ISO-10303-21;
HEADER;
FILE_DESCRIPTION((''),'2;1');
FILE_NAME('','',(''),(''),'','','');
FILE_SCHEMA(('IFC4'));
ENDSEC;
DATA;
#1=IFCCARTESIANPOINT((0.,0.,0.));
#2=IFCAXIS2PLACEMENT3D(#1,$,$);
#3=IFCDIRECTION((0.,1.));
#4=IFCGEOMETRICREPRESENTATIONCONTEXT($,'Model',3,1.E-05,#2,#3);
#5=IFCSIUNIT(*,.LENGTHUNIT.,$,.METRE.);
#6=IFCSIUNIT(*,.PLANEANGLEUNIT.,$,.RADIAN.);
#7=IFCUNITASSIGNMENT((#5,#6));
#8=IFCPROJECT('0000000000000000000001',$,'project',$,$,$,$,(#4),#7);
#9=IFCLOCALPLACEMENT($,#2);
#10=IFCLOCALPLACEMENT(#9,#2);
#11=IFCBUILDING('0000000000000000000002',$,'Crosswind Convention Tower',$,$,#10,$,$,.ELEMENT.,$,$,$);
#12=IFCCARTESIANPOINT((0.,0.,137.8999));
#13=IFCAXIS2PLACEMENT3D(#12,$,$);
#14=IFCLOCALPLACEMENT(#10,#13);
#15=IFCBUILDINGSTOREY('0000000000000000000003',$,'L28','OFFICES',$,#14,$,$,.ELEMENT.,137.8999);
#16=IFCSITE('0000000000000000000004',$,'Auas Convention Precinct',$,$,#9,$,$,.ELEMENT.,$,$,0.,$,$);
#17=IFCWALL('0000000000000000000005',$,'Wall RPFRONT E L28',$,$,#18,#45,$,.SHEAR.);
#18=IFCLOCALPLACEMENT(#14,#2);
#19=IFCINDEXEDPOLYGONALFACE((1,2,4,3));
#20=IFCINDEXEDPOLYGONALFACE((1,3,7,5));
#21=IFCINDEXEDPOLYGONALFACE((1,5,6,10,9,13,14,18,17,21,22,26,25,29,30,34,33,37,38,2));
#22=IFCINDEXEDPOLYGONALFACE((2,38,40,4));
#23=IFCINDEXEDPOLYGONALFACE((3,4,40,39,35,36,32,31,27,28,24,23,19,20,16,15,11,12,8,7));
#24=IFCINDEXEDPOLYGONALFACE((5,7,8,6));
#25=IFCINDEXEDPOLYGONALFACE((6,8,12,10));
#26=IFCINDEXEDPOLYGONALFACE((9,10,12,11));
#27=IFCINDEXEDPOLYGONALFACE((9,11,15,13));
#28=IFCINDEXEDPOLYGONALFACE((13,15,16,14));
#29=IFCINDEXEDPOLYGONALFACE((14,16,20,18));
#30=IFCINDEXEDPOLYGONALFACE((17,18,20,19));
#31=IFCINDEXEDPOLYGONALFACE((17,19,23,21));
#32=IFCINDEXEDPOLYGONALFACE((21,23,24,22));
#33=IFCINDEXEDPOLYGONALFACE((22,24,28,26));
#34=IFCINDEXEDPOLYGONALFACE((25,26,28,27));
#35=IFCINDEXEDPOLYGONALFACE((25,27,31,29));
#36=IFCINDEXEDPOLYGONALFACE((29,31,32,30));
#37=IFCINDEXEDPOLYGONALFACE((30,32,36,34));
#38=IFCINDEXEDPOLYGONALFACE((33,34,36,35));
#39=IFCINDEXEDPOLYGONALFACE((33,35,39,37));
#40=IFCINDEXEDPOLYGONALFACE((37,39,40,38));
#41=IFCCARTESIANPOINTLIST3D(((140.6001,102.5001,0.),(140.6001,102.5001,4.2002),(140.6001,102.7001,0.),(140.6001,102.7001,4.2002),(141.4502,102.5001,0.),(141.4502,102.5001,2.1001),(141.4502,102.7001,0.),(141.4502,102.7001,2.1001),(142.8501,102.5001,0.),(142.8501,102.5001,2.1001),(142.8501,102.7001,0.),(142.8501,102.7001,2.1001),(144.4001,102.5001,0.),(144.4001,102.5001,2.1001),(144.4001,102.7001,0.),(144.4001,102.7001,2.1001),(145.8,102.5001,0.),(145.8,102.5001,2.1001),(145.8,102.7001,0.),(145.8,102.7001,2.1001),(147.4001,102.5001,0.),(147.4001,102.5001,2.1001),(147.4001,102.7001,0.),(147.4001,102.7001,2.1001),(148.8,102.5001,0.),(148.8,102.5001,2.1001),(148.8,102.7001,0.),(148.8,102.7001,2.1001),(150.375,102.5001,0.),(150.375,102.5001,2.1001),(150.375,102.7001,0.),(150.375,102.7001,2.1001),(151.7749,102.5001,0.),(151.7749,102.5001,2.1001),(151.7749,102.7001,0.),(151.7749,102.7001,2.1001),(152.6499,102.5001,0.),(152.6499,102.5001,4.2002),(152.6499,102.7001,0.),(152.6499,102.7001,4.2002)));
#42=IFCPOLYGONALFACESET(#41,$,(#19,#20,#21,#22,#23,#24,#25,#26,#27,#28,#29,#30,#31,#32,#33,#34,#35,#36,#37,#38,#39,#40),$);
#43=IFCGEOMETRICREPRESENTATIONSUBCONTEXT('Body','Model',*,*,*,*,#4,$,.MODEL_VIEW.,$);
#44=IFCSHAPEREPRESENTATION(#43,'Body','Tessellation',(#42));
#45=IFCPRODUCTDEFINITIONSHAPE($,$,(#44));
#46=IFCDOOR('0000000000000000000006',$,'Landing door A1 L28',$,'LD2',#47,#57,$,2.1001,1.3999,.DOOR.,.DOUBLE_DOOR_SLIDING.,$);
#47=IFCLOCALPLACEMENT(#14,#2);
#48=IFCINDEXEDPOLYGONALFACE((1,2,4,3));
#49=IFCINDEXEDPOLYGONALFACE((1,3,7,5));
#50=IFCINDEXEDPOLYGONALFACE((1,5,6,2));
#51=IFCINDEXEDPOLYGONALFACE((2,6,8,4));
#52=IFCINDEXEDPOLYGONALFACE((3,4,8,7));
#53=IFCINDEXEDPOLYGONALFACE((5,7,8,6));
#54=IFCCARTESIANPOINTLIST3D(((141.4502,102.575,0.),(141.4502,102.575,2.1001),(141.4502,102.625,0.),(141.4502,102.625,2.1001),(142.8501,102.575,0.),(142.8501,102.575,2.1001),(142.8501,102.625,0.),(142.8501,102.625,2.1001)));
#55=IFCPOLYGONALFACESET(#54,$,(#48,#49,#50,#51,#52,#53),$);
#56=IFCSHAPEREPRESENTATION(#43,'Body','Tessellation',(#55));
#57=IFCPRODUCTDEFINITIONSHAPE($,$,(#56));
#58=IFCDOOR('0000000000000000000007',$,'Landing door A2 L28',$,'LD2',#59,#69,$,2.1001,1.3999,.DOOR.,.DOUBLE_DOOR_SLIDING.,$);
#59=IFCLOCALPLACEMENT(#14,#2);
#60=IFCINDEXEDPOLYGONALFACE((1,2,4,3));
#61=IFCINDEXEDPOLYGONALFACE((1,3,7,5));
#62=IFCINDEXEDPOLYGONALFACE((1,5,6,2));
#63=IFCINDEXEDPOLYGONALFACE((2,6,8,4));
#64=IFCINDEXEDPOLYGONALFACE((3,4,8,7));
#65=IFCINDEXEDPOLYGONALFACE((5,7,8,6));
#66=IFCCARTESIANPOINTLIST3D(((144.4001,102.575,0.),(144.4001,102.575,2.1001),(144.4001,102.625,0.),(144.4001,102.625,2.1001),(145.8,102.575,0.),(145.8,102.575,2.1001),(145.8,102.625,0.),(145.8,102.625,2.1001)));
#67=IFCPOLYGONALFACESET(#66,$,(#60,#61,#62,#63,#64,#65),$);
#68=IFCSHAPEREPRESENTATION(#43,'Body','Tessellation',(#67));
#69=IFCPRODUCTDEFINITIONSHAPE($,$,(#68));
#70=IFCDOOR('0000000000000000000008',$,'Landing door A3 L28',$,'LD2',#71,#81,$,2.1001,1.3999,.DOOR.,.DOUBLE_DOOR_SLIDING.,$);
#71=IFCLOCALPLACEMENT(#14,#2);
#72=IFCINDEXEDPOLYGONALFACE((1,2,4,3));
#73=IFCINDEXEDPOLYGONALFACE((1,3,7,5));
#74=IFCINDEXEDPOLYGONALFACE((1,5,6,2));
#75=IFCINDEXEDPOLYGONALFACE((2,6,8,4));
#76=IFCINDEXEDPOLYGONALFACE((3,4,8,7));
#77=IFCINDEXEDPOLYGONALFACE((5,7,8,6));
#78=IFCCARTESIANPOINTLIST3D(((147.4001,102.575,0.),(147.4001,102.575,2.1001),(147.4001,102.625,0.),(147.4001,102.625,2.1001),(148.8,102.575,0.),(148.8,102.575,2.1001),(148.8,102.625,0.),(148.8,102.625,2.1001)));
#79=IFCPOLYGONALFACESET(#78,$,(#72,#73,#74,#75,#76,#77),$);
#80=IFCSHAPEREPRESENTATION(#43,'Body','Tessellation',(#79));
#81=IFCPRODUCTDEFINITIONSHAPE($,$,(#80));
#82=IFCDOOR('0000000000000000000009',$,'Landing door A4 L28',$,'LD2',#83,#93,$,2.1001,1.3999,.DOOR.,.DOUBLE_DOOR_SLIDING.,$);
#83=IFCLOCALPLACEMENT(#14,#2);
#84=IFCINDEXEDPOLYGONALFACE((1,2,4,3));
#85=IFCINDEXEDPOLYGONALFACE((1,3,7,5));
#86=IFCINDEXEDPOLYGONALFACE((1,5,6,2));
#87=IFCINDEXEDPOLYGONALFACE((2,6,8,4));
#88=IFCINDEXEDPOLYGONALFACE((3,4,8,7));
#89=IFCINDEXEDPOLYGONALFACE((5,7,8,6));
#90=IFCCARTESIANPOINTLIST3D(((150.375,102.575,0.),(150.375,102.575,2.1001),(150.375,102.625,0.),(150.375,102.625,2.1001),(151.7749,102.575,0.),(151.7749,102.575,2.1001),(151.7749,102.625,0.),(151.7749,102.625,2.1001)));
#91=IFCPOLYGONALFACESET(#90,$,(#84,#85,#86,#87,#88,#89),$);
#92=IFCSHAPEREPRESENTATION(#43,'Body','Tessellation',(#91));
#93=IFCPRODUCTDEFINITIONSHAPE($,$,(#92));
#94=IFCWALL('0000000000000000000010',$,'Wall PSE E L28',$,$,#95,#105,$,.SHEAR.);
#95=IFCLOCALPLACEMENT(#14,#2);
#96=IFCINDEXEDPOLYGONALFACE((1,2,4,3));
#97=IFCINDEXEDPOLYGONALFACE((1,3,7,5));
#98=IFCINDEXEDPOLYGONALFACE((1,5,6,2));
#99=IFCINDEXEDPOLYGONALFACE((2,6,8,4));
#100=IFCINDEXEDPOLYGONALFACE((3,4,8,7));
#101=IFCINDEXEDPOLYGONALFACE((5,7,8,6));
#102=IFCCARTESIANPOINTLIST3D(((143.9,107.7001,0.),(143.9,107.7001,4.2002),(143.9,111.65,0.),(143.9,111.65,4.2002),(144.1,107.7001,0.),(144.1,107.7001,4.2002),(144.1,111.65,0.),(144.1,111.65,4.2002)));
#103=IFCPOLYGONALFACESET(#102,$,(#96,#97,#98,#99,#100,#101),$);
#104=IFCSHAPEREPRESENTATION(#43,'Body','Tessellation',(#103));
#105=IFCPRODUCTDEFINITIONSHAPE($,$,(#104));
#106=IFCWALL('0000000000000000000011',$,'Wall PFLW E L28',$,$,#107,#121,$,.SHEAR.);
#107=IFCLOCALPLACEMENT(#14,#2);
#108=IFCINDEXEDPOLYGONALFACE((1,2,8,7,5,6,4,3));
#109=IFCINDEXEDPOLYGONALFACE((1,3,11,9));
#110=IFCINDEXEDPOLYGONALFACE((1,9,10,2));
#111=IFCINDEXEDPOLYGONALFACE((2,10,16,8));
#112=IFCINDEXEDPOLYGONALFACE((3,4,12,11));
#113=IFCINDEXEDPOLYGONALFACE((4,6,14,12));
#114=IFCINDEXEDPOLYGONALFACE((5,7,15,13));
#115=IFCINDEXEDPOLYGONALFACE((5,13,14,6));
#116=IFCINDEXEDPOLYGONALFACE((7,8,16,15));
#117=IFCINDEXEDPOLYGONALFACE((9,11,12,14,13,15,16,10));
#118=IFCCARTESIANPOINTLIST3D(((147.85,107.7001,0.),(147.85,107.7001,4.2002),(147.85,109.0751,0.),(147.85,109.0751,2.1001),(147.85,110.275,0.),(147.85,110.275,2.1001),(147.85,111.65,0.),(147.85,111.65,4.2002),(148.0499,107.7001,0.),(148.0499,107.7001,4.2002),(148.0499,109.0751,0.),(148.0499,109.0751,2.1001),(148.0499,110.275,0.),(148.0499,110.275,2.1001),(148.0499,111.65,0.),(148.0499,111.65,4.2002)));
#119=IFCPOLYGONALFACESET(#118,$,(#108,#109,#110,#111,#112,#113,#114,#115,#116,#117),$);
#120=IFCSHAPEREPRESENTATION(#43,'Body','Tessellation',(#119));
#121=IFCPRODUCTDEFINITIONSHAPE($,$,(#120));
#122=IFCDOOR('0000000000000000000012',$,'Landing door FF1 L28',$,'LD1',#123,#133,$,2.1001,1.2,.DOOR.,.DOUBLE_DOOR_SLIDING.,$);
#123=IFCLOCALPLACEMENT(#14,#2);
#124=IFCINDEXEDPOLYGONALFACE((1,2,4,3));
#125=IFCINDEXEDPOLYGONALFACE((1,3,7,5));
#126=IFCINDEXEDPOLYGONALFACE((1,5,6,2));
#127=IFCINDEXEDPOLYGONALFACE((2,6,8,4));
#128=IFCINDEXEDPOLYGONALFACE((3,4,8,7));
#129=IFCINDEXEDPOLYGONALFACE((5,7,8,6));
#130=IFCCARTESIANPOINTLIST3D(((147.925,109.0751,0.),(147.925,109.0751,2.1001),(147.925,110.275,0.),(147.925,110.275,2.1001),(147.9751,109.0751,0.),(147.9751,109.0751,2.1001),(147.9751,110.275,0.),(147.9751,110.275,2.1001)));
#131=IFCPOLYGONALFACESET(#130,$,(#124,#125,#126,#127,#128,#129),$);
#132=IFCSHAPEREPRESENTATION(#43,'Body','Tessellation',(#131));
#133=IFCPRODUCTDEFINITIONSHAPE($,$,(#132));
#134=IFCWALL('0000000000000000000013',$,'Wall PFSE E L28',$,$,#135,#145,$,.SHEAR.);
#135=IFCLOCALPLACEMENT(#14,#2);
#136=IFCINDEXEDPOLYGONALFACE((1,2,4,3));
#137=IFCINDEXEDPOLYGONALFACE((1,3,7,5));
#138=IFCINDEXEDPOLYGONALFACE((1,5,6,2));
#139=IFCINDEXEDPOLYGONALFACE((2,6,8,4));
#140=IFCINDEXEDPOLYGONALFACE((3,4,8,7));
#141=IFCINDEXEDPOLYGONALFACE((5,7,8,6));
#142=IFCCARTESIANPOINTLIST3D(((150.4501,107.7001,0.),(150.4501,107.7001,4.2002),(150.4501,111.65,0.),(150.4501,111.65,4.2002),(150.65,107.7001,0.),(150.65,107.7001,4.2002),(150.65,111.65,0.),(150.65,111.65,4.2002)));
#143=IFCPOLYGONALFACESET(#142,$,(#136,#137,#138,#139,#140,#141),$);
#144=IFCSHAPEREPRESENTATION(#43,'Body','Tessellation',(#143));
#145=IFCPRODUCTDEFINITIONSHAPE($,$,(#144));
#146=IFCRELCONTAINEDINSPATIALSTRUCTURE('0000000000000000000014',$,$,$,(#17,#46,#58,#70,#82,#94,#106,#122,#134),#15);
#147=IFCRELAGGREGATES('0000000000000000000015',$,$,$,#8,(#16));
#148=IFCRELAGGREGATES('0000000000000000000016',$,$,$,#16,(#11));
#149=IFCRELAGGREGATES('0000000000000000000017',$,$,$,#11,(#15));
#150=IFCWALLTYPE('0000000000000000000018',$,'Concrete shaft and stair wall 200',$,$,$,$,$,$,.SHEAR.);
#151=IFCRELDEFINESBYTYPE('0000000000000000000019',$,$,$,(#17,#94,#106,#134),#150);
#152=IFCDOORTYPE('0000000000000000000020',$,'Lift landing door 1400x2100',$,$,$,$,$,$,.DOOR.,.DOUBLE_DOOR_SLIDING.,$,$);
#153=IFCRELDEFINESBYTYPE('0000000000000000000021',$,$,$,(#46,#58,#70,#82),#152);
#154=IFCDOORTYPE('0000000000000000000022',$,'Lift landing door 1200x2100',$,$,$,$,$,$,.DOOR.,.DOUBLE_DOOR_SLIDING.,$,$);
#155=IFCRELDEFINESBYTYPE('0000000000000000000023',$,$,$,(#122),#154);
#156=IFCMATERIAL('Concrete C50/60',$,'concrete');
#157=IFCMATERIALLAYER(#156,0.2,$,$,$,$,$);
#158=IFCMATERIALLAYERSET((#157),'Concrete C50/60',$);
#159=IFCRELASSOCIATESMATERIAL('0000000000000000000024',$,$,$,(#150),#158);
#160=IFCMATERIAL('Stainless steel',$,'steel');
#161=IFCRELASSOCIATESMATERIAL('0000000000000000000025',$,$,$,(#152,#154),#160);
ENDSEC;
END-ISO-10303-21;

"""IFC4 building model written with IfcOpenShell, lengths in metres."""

from ifc_helpers import new_model, si_unit, direction, frame, frame_2d, origin, place, context, subcontext, project, spatial, rectangle, extrude, material, layer, layer_set, type_object, element, fill, save


model = new_model("IFC4")

# Units and contexts
model_context = context("Model", 3, precision=1e-05, world=origin(), true_north=direction((0.0, 1.0)))
body_context = subcontext(model_context, "Body", "Model", "MODEL_VIEW")
ifc_project = project(units=[si_unit("LENGTHUNIT", "METRE"), si_unit("PLANEANGLEUNIT", "RADIAN")], contexts=[model_context])

# Site, building, storey
site_placement = place(None, origin())
site = spatial("IfcSite", under=ifc_project, at=site_placement, Name="Auas Convention Precinct", CompositionType="ELEMENT", RefElevation=0.0)
building_placement = place(site_placement, origin())
building = spatial("IfcBuilding", under=site, at=building_placement, Name="Crosswind Convention Tower", CompositionType="ELEMENT")
storey_placement = place(building_placement, frame((0.0, 0.0, 137.8999)))
storey = spatial("IfcBuildingStorey", under=building, at=storey_placement, Name="L28", Description="OFFICES", CompositionType="ELEMENT", Elevation=137.8999)

# Shared definitions
ifc_material_1 = material(Name="Concrete C50/60", Category="concrete")
ifc_layer_1 = layer(ifc_material_1, 0.2)
ifc_layer_set_1 = layer_set([ifc_layer_1], Name="Concrete C50/60")
wall_type_1 = type_object("IfcWallType", Name="Concrete shaft and stair wall 200", PredefinedType="SHEAR", material=ifc_layer_set_1)

# Wall, openings, doors
wall_1_placement = place(storey_placement, frame((140.6001, 102.6001, 0.0), z_axis=(0.0, 0.0, 1.0), x_axis=(1.0, 0.0, 0.0)))
wall_1 = element("IfcWall", 1, at=wall_1_placement, inside=storey, type_object=wall_type_1, Name="Wall RPFRONT E L28", PredefinedType="SHEAR", context=body_context, shape_type="SweptSolid", body=[
    extrude(rectangle(XDim=12.0498, YDim=0.2, at=frame_2d((6.0249, 0.0))), origin(), (0.0, 0.0, 1.0), 4.2002),
])
opening_1_placement = place(wall_1_placement, frame((0.8501, 0.0, 0.0)))
opening_1 = element("IfcOpeningElement", 2, at=opening_1_placement, cuts=wall_1, PredefinedType="OPENING", context=body_context, shape_type="SweptSolid", body=[
    extrude(rectangle(XDim=1.3999, YDim=2.1001, at=frame_2d((0.7, 1.05))), frame((0.0, 0.1099, 0.0), z_axis=(0.0, -1.0, 0.0), x_axis=(1.0, 0.0, 0.0)), (0.0, 0.0, 1.0), 0.22),
])
opening_2_placement = place(wall_1_placement, frame((3.8, 0.0, 0.0)))
opening_2 = element("IfcOpeningElement", 3, at=opening_2_placement, cuts=wall_1, PredefinedType="OPENING", context=body_context, shape_type="SweptSolid", body=[
    extrude(rectangle(XDim=1.3999, YDim=2.1001, at=frame_2d((0.7, 1.05))), frame((0.0, 0.1099, 0.0), z_axis=(0.0, -1.0, 0.0), x_axis=(1.0, 0.0, 0.0)), (0.0, 0.0, 1.0), 0.22),
])
opening_3_placement = place(wall_1_placement, frame((6.8, 0.0, 0.0)))
opening_3 = element("IfcOpeningElement", 4, at=opening_3_placement, cuts=wall_1, PredefinedType="OPENING", context=body_context, shape_type="SweptSolid", body=[
    extrude(rectangle(XDim=1.3999, YDim=2.1001, at=frame_2d((0.7, 1.05))), frame((0.0, 0.1099, 0.0), z_axis=(0.0, -1.0, 0.0), x_axis=(1.0, 0.0, 0.0)), (0.0, 0.0, 1.0), 0.22),
])
opening_4_placement = place(wall_1_placement, frame((9.7749, 0.0, 0.0)))
opening_4 = element("IfcOpeningElement", 5, at=opening_4_placement, cuts=wall_1, PredefinedType="OPENING", context=body_context, shape_type="SweptSolid", body=[
    extrude(rectangle(XDim=1.3999, YDim=2.1001, at=frame_2d((0.7, 1.05))), frame((0.0, 0.1099, 0.0), z_axis=(0.0, -1.0, 0.0), x_axis=(1.0, 0.0, 0.0)), (0.0, 0.0, 1.0), 0.22),
])
ifc_material_2 = material(Name="Stainless steel", Category="steel")
door_type_1 = type_object("IfcDoorType", Name="Lift landing door 1400x2100", OperationType="DOUBLE_DOOR_SLIDING", PredefinedType="DOOR", material=ifc_material_2)
door_1_placement = place(opening_1_placement, origin())
door_1 = element("IfcDoor", 6, at=door_1_placement, inside=storey, type_object=door_type_1, Name="Landing door A1 L28", ObjectType="LD2", OperationType="DOUBLE_DOOR_SLIDING", OverallHeight=2.1001, OverallWidth=1.3999, PredefinedType="DOOR", context=body_context, shape_type="SweptSolid", body=[
    extrude(rectangle(XDim=1.3999, YDim=2.1001, at=frame_2d((0.7, 1.05))), frame((0.0, 0.0249, 0.0), z_axis=(0.0, -1.0, 0.0), x_axis=(1.0, 0.0, 0.0)), (0.0, 0.0, 1.0), 0.05),
])
fill(opening_1, door_1)
door_2_placement = place(opening_2_placement, origin())
door_2 = element("IfcDoor", 7, at=door_2_placement, inside=storey, type_object=door_type_1, Name="Landing door A2 L28", ObjectType="LD2", OperationType="DOUBLE_DOOR_SLIDING", OverallHeight=2.1001, OverallWidth=1.3999, PredefinedType="DOOR", context=body_context, shape_type="SweptSolid", body=[
    extrude(rectangle(XDim=1.3999, YDim=2.1001, at=frame_2d((0.7, 1.05))), frame((0.0, 0.0249, 0.0), z_axis=(0.0, -1.0, 0.0), x_axis=(1.0, 0.0, 0.0)), (0.0, 0.0, 1.0), 0.05),
])
fill(opening_2, door_2)
door_3_placement = place(opening_3_placement, origin())
door_3 = element("IfcDoor", 8, at=door_3_placement, inside=storey, type_object=door_type_1, Name="Landing door A3 L28", ObjectType="LD2", OperationType="DOUBLE_DOOR_SLIDING", OverallHeight=2.1001, OverallWidth=1.3999, PredefinedType="DOOR", context=body_context, shape_type="SweptSolid", body=[
    extrude(rectangle(XDim=1.3999, YDim=2.1001, at=frame_2d((0.7, 1.05))), frame((0.0, 0.0249, 0.0), z_axis=(0.0, -1.0, 0.0), x_axis=(1.0, 0.0, 0.0)), (0.0, 0.0, 1.0), 0.05),
])
fill(opening_3, door_3)
door_4_placement = place(opening_4_placement, origin())
door_4 = element("IfcDoor", 9, at=door_4_placement, inside=storey, type_object=door_type_1, Name="Landing door A4 L28", ObjectType="LD2", OperationType="DOUBLE_DOOR_SLIDING", OverallHeight=2.1001, OverallWidth=1.3999, PredefinedType="DOOR", context=body_context, shape_type="SweptSolid", body=[
    extrude(rectangle(XDim=1.3999, YDim=2.1001, at=frame_2d((0.7, 1.05))), frame((0.0, 0.0249, 0.0), z_axis=(0.0, -1.0, 0.0), x_axis=(1.0, 0.0, 0.0)), (0.0, 0.0, 1.0), 0.05),
])
fill(opening_4, door_4)

# Wall
wall_2_placement = place(storey_placement, frame((144.0, 107.7, 0.0), z_axis=(0.0, 0.0, 1.0), x_axis=(0.0, 1.0, 0.0)))
element("IfcWall", 10, at=wall_2_placement, inside=storey, type_object=wall_type_1, Name="Wall PSE E L28", PredefinedType="SHEAR", context=body_context, shape_type="SweptSolid", body=[
    extrude(rectangle(XDim=3.95, YDim=0.2, at=frame_2d((1.9751, 0.0))), origin(), (0.0, 0.0, 1.0), 4.2002),
])

# Wall, opening, door
wall_3_placement = place(storey_placement, frame((147.95, 107.7, 0.0), z_axis=(0.0, 0.0, 1.0), x_axis=(0.0, 1.0, 0.0)))
wall_3 = element("IfcWall", 11, at=wall_3_placement, inside=storey, type_object=wall_type_1, Name="Wall PFLW E L28", PredefinedType="SHEAR", context=body_context, shape_type="SweptSolid", body=[
    extrude(rectangle(XDim=3.95, YDim=0.2, at=frame_2d((1.9751, 0.0))), origin(), (0.0, 0.0, 1.0), 4.2002),
])
opening_5_placement = place(wall_3_placement, frame((1.375, 0.0, 0.0)))
opening_5 = element("IfcOpeningElement", 12, at=opening_5_placement, cuts=wall_3, PredefinedType="OPENING", context=body_context, shape_type="SweptSolid", body=[
    extrude(rectangle(XDim=1.2, YDim=2.1001, at=frame_2d((0.6001, 1.05))), frame((0.0, 0.1099, 0.0), z_axis=(0.0, -1.0, 0.0), x_axis=(1.0, 0.0, 0.0)), (0.0, 0.0, 1.0), 0.22),
])
door_type_2 = type_object("IfcDoorType", Name="Lift landing door 1200x2100", OperationType="DOUBLE_DOOR_SLIDING", PredefinedType="DOOR", material=ifc_material_2)
door_5_placement = place(opening_5_placement, origin())
door_5 = element("IfcDoor", 13, at=door_5_placement, inside=storey, type_object=door_type_2, Name="Landing door FF1 L28", ObjectType="LD1", OperationType="DOUBLE_DOOR_SLIDING", OverallHeight=2.1001, OverallWidth=1.2, PredefinedType="DOOR", context=body_context, shape_type="SweptSolid", body=[
    extrude(rectangle(XDim=1.2, YDim=2.1001, at=frame_2d((0.6001, 1.05))), frame((0.0, 0.0249, 0.0), z_axis=(0.0, -1.0, 0.0), x_axis=(1.0, 0.0, 0.0)), (0.0, 0.0, 1.0), 0.05),
])
fill(opening_5, door_5)

# Wall
wall_4_placement = place(storey_placement, frame((150.55, 107.7, 0.0), z_axis=(0.0, 0.0, 1.0), x_axis=(0.0, 1.0, 0.0)))
element("IfcWall", 14, at=wall_4_placement, inside=storey, type_object=wall_type_1, Name="Wall PFSE E L28", PredefinedType="SHEAR", context=body_context, shape_type="SweptSolid", body=[
    extrude(rectangle(XDim=3.95, YDim=0.2, at=frame_2d((1.9751, 0.0))), origin(), (0.0, 0.0, 1.0), 4.2002),
])

save(model, "model.ifc")
